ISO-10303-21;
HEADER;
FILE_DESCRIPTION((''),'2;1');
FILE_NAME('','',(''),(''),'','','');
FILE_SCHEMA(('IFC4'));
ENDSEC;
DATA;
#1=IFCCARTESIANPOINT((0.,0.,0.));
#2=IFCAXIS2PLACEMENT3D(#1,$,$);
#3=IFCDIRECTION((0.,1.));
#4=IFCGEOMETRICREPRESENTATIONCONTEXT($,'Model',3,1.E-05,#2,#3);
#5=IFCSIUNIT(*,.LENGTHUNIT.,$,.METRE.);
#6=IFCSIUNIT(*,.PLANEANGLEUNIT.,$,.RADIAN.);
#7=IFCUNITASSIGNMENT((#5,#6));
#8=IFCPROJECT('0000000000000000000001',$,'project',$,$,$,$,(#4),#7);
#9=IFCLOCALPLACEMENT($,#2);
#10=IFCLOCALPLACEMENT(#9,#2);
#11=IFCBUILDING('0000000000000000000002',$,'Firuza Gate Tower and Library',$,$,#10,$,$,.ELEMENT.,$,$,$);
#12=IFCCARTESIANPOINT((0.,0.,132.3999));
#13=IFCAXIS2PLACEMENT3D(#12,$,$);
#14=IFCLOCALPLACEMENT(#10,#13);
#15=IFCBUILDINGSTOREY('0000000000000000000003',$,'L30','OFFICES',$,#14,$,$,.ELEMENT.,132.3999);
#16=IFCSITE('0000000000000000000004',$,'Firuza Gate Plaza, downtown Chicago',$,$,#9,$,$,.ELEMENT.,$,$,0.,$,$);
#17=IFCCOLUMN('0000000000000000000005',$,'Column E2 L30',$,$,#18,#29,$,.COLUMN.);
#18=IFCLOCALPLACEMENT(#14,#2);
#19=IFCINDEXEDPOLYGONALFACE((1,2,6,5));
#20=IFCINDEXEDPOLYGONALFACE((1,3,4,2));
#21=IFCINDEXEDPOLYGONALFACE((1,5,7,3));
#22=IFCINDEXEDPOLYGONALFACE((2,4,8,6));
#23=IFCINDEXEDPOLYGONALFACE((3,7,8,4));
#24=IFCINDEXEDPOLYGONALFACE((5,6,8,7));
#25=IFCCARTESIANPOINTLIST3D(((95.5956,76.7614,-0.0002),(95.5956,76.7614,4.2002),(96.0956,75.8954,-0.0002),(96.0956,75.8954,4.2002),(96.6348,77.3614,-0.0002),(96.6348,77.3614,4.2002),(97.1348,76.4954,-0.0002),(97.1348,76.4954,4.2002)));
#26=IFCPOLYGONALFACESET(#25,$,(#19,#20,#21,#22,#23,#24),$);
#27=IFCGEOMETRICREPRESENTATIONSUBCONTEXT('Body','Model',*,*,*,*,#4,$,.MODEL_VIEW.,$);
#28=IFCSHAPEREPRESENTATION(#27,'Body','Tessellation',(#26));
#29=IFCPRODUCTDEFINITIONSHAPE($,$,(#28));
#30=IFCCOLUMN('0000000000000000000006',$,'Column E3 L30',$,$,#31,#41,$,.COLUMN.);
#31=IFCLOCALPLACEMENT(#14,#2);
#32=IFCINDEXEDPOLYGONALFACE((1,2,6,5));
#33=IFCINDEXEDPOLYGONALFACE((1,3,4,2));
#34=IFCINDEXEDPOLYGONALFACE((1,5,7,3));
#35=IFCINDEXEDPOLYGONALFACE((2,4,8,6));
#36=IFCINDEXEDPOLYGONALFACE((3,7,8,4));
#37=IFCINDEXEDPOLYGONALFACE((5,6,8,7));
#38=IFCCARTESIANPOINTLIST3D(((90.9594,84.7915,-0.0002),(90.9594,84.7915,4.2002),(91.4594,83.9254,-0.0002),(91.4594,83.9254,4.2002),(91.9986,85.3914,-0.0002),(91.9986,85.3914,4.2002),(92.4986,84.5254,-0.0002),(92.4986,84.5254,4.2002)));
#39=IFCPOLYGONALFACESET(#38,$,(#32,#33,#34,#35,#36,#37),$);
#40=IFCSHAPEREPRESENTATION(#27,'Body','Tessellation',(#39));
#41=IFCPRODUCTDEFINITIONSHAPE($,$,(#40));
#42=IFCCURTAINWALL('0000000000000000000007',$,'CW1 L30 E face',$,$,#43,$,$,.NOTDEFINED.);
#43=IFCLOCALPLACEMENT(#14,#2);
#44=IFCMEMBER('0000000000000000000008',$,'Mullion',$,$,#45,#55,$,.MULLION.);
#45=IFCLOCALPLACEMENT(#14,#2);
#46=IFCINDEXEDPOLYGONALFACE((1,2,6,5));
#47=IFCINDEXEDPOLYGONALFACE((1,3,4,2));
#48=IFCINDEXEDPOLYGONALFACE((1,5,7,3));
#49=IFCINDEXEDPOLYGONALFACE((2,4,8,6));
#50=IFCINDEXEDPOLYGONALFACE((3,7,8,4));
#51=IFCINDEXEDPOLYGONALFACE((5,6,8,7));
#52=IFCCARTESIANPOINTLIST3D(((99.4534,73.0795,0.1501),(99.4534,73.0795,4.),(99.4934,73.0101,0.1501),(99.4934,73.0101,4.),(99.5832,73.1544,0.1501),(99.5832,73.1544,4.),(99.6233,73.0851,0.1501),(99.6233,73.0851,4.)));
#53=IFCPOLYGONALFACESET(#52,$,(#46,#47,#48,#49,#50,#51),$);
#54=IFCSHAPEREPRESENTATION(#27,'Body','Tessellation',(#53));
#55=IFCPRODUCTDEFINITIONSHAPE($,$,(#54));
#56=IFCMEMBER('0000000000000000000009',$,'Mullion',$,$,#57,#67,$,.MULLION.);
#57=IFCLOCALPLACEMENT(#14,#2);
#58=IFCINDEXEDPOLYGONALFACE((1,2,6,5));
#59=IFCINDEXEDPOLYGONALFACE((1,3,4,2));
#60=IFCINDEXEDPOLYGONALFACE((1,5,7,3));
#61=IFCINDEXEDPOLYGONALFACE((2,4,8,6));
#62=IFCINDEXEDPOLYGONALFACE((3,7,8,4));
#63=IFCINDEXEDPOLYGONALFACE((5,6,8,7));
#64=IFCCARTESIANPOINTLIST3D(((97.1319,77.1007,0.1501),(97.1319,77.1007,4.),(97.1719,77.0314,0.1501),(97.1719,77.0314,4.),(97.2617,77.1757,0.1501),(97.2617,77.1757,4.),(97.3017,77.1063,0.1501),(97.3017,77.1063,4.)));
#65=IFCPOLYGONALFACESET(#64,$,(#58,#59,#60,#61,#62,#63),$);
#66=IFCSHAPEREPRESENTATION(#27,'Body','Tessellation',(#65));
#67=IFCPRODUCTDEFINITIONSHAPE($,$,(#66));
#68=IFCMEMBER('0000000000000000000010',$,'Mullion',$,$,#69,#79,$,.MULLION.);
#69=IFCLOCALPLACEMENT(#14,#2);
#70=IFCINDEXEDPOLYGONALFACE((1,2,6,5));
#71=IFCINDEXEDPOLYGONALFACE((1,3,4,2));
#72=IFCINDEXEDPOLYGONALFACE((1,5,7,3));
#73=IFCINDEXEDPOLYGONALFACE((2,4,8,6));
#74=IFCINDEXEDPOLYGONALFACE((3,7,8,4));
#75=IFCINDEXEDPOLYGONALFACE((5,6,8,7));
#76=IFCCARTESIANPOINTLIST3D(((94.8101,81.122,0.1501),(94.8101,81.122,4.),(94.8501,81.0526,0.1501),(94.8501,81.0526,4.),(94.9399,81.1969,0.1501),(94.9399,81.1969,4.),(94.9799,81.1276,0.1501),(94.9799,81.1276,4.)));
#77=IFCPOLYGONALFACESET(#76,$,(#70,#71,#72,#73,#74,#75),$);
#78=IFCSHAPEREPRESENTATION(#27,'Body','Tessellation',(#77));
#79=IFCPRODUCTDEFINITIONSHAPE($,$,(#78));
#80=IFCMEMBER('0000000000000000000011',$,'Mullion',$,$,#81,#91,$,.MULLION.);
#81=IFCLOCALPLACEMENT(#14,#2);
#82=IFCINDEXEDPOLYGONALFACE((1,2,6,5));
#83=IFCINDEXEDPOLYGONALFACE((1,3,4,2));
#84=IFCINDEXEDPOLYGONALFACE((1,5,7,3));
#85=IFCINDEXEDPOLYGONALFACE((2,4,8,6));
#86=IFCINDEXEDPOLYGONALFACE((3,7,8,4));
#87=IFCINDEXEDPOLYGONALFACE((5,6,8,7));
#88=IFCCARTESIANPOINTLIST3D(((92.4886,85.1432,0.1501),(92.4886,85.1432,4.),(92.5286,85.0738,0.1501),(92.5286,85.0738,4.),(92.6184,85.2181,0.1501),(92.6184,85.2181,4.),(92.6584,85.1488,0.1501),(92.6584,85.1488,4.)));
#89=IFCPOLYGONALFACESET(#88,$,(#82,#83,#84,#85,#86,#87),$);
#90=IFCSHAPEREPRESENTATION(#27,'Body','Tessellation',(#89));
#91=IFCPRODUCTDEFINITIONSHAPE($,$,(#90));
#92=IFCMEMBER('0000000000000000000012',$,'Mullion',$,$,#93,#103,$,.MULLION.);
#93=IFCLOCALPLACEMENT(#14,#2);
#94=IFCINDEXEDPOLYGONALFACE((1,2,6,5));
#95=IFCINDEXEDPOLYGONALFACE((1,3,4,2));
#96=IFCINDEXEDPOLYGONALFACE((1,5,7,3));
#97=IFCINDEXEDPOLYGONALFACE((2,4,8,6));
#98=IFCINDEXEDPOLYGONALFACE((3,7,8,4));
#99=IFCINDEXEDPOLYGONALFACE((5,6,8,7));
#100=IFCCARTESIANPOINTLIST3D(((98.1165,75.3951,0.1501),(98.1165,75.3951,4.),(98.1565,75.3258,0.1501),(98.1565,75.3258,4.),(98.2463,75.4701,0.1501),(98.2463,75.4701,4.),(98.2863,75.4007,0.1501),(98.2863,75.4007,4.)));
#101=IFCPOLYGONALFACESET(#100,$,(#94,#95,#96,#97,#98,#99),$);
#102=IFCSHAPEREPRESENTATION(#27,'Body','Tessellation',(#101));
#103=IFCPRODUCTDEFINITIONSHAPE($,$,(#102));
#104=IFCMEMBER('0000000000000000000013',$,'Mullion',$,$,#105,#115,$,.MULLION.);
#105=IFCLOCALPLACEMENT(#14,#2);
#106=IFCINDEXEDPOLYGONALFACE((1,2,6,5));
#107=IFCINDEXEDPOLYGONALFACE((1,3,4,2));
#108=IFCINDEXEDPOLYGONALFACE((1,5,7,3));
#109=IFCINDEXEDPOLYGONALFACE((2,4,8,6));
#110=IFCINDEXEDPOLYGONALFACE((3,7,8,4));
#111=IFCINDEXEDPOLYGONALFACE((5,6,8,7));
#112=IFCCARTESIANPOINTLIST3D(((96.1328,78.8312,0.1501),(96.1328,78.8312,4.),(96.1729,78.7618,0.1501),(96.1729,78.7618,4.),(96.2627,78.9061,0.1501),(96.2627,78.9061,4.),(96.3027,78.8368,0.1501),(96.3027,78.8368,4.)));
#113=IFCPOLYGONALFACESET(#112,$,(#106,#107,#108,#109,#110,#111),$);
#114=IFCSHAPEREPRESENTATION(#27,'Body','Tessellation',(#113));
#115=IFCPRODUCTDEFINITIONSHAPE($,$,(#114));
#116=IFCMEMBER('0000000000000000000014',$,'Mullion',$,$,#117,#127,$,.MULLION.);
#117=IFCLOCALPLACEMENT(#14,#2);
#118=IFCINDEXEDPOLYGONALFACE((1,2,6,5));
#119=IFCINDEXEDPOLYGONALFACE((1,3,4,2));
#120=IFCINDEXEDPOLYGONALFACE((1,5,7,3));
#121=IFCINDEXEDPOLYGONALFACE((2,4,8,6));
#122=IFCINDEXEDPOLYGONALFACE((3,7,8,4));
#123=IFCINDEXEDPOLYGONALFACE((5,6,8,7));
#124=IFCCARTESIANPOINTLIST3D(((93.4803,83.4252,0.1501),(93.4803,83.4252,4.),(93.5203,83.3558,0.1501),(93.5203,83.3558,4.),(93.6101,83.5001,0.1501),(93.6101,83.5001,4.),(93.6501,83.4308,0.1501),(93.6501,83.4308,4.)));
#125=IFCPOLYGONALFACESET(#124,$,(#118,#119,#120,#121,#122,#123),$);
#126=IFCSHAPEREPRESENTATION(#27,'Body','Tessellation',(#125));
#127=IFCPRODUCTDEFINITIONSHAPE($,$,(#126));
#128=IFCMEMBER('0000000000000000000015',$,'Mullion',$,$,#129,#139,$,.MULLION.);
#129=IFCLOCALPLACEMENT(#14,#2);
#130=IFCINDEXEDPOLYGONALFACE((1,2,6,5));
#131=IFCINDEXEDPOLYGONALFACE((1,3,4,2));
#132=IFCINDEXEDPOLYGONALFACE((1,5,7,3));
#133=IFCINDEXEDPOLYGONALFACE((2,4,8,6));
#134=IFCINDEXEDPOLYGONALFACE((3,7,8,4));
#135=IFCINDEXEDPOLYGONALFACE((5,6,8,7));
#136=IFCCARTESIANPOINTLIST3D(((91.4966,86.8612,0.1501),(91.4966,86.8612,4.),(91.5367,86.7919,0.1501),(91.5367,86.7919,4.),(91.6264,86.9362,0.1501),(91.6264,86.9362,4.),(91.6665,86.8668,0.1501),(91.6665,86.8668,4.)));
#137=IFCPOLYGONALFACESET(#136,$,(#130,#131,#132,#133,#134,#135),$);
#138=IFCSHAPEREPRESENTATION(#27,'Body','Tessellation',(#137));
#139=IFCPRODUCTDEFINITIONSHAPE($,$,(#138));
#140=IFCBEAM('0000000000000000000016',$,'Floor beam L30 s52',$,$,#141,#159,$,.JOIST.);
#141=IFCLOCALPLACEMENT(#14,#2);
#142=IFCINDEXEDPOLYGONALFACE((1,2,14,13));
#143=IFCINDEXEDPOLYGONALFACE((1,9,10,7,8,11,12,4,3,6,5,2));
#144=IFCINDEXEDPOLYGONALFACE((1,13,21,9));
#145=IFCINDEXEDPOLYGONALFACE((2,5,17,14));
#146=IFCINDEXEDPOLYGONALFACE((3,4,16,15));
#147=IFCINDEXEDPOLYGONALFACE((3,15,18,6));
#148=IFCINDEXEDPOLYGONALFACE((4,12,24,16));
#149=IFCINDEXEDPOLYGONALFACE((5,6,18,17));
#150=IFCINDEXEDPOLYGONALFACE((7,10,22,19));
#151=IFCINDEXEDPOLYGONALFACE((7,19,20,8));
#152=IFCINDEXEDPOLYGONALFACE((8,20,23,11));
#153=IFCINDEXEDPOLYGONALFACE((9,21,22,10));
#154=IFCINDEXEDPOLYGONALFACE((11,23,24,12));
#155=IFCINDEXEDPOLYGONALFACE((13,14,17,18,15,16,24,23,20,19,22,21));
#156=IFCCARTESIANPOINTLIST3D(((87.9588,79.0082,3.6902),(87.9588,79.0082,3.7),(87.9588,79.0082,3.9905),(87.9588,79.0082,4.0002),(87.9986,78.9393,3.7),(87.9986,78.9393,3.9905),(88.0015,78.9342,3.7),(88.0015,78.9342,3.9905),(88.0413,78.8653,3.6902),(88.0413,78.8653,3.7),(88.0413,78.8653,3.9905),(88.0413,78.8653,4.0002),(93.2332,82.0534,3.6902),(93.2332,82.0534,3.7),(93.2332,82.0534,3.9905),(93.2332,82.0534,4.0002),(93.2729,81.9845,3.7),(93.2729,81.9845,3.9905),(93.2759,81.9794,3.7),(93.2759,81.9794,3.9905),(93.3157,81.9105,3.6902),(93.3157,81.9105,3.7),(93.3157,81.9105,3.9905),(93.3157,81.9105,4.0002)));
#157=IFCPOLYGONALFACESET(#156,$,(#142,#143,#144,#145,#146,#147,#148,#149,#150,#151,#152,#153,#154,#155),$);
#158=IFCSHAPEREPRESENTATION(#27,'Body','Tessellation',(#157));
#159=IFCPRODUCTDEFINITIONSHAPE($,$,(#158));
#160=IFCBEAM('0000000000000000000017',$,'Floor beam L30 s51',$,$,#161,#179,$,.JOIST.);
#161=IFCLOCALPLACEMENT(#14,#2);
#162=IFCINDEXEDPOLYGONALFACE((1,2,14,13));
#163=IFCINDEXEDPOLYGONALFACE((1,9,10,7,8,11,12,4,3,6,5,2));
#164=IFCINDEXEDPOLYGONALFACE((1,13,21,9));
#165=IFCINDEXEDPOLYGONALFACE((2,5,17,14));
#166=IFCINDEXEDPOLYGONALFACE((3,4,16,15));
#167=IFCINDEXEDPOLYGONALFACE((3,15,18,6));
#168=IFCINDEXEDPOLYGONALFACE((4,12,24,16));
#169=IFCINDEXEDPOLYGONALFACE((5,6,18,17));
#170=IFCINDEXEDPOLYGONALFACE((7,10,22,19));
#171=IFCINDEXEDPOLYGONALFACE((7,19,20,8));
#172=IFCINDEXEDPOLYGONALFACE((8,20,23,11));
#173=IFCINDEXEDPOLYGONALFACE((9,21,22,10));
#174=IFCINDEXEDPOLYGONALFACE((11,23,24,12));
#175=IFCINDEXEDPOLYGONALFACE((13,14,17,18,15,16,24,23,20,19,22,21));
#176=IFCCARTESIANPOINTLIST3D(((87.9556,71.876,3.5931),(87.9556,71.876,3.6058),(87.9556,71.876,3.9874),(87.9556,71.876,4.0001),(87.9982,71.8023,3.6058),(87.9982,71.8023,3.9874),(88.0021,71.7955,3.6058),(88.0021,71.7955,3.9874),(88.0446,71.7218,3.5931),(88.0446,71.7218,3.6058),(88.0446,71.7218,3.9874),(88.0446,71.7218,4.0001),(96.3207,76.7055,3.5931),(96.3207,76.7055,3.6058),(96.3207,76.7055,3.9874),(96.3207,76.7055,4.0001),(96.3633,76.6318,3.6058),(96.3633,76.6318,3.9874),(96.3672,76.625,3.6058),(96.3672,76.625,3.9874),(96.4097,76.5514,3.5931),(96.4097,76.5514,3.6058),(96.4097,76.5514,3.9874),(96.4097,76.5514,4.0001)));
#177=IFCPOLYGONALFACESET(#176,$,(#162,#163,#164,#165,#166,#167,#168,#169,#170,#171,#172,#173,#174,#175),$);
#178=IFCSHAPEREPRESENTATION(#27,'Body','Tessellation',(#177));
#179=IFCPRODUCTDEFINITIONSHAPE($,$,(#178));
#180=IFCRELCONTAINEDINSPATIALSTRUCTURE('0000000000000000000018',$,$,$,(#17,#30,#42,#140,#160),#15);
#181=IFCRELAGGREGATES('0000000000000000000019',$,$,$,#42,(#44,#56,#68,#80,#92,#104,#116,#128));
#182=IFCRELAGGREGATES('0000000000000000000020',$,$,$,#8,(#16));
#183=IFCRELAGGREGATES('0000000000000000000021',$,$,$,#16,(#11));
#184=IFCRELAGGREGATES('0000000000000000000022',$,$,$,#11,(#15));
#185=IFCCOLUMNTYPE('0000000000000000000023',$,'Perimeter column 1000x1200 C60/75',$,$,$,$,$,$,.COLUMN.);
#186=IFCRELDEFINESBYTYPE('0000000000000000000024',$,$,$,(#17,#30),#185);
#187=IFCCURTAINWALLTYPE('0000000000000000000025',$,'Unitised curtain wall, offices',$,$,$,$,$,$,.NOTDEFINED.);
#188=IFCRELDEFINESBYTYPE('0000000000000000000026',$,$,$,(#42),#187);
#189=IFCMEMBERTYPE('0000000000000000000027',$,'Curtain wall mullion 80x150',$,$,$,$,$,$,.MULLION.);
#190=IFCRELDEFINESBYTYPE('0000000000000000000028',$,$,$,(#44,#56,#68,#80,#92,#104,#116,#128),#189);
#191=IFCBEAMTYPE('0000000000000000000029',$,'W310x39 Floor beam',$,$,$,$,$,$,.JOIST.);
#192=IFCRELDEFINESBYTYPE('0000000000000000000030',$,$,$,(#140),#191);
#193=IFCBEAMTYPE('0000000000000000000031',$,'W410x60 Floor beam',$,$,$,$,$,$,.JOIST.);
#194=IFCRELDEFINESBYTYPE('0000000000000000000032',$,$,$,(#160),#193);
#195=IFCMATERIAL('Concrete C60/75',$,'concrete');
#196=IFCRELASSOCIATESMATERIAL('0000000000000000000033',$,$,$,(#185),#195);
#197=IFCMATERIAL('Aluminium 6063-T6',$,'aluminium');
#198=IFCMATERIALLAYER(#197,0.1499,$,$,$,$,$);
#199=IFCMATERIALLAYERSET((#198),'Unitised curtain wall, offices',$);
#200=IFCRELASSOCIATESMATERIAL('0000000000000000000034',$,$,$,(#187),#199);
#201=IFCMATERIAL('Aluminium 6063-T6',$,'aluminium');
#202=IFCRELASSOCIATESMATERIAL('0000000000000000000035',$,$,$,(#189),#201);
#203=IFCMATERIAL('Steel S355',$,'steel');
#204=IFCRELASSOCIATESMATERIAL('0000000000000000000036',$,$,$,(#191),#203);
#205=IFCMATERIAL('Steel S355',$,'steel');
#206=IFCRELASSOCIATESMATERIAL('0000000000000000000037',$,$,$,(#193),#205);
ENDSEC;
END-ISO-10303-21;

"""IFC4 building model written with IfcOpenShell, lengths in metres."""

from ifc_helpers import new_model, si_unit, direction, frame, origin, origin_2d, place, context, subcontext, project, spatial, rectangle, i_section, extrude, material, layer, layer_set, material_profile, profile_set, type_object, element, aggregate, save


model = new_model("IFC4")

# Units and contexts
model_context = context("Model", 3, precision=1e-05, world=origin(), true_north=direction((0.0, 1.0)))
body_context = subcontext(model_context, "Body", "Model", "MODEL_VIEW")
ifc_project = project(units=[si_unit("LENGTHUNIT", "METRE"), si_unit("PLANEANGLEUNIT", "RADIAN")], contexts=[model_context])

# Site, building, storey
site_placement = place(None, origin())
site = spatial("IfcSite", under=ifc_project, at=site_placement, Name="Firuza Gate Plaza, downtown Chicago", CompositionType="ELEMENT", RefElevation=0.0)
building_placement = place(site_placement, origin())
building = spatial("IfcBuilding", under=site, at=building_placement, Name="Firuza Gate Tower and Library", CompositionType="ELEMENT")
storey_placement = place(building_placement, frame((0.0, 0.0, 132.3999)))
storey = spatial("IfcBuildingStorey", under=building, at=storey_placement, Name="L30", Description="OFFICES", CompositionType="ELEMENT", Elevation=132.3999)

# Columns
ifc_material_1 = material(Name="Concrete C60/75", Category="concrete")
ifc_material_profile_1 = material_profile(ifc_material_1, rectangle(XDim=1.0, YDim=1.2, at=origin_2d()))
ifc_profile_set_1 = profile_set([ifc_material_profile_1], Name="Concrete C60/75")
column_type = type_object("IfcColumnType", Name="Perimeter column 1000x1200 C60/75", PredefinedType="COLUMN", material=ifc_profile_set_1)
for number, where, z_axis, x_axis, name in (
    (1, (96.3652, 76.6284, -0.0002), (0.0, 0.0, 1.0), (-0.5, 0.866025, 0.0), "Column E2 L30"),
    (2, (91.729, 84.6584, -0.0002), (0.0, 0.0, 1.0), (-0.5, 0.866025, 0.0), "Column E3 L30"),
):
    element("IfcColumn", number, at=place(storey_placement, frame(where, z_axis=z_axis, x_axis=x_axis)), inside=storey, type_object=column_type, Name=name, PredefinedType="COLUMN", context=body_context, shape_type="SweptSolid", body=[
        extrude(rectangle(XDim=1.0, YDim=1.2, at=origin_2d()), origin(), (0.0, 0.0, 1.0), 4.2004),
    ])

# Curtain wall, members
ifc_material_2 = material(Name="Aluminium 6063-T6", Category="aluminium")
ifc_layer_1 = layer(ifc_material_2, 0.1499)
ifc_layer_set_1 = layer_set([ifc_layer_1], Name="Unitised curtain wall, offices")
curtain_wall_type = type_object("IfcCurtainWallType", Name="Unitised curtain wall, offices", PredefinedType="NOTDEFINED", material=ifc_layer_set_1)
curtain_wall_placement = place(storey_placement, origin())
curtain_wall = element("IfcCurtainWall", 3, at=curtain_wall_placement, inside=storey, type_object=curtain_wall_type, Name="CW1 L30 E face", PredefinedType="NOTDEFINED")
ifc_material_3 = material(Name="Aluminium 6063-T6", Category="aluminium")
ifc_material_profile_2 = material_profile(ifc_material_3, rectangle(XDim=0.1499, YDim=0.0801, at=origin_2d()))
ifc_profile_set_2 = profile_set([ifc_material_profile_2], Name="Aluminium 6063-T6")
member_type = type_object("IfcMemberType", Name="Curtain wall mullion 80x150", PredefinedType="MULLION", material=ifc_profile_set_2)
member_1_placement = place(storey_placement, frame((99.5383, 73.0823, 0.1501), z_axis=(0.0, 0.0, 1.0), x_axis=(-0.866025, -0.5, 0.0)))
member_1 = element("IfcMember", 4, at=member_1_placement, type_object=member_type, Name="Mullion", PredefinedType="MULLION", context=body_context, shape_type="SweptSolid", body=[
    extrude(rectangle(XDim=0.1499, YDim=0.0801, at=origin_2d()), origin(), (0.0, 0.0, 1.0), 3.8499),
])
member_2_placement = place(storey_placement, frame((97.2168, 77.1035, 0.1501), z_axis=(0.0, 0.0, 1.0), x_axis=(-0.866025, -0.5, 0.0)))
member_2 = element("IfcMember", 5, at=member_2_placement, type_object=member_type, Name="Mullion", PredefinedType="MULLION", context=body_context, shape_type="SweptSolid", body=[
    extrude(rectangle(XDim=0.1499, YDim=0.0801, at=origin_2d()), origin(), (0.0, 0.0, 1.0), 3.8499),
])
member_3_placement = place(storey_placement, frame((94.895, 81.1248, 0.1501), z_axis=(0.0, 0.0, 1.0), x_axis=(-0.866025, -0.5, 0.0)))
member_3 = element("IfcMember", 6, at=member_3_placement, type_object=member_type, Name="Mullion", PredefinedType="MULLION", context=body_context, shape_type="SweptSolid", body=[
    extrude(rectangle(XDim=0.1499, YDim=0.0801, at=origin_2d()), origin(), (0.0, 0.0, 1.0), 3.8499),
])
member_4_placement = place(storey_placement, frame((92.5735, 85.146, 0.1501), z_axis=(0.0, 0.0, 1.0), x_axis=(-0.866025, -0.5, 0.0)))
member_4 = element("IfcMember", 7, at=member_4_placement, type_object=member_type, Name="Mullion", PredefinedType="MULLION", context=body_context, shape_type="SweptSolid", body=[
    extrude(rectangle(XDim=0.1499, YDim=0.0801, at=origin_2d()), origin(), (0.0, 0.0, 1.0), 3.8499),
])
member_5_placement = place(storey_placement, frame((98.2014, 75.3979, 0.1501), z_axis=(0.0, 0.0, 1.0), x_axis=(-0.866025, -0.5, 0.0)))
member_5 = element("IfcMember", 8, at=member_5_placement, type_object=member_type, Name="Mullion", PredefinedType="MULLION", context=body_context, shape_type="SweptSolid", body=[
    extrude(rectangle(XDim=0.1499, YDim=0.0801, at=origin_2d()), origin(), (0.0, 0.0, 1.0), 3.8499),
])
member_6_placement = place(storey_placement, frame((96.2178, 78.834, 0.1501), z_axis=(0.0, 0.0, 1.0), x_axis=(-0.866025, -0.5, 0.0)))
member_6 = element("IfcMember", 9, at=member_6_placement, type_object=member_type, Name="Mullion", PredefinedType="MULLION", context=body_context, shape_type="SweptSolid", body=[
    extrude(rectangle(XDim=0.1499, YDim=0.0801, at=origin_2d()), origin(), (0.0, 0.0, 1.0), 3.8499),
])
member_7_placement = place(storey_placement, frame((93.5652, 83.428, 0.1501), z_axis=(0.0, 0.0, 1.0), x_axis=(-0.866025, -0.5, 0.0)))
member_7 = element("IfcMember", 10, at=member_7_placement, type_object=member_type, Name="Mullion", PredefinedType="MULLION", context=body_context, shape_type="SweptSolid", body=[
    extrude(rectangle(XDim=0.1499, YDim=0.0801, at=origin_2d()), origin(), (0.0, 0.0, 1.0), 3.8499),
])
member_8_placement = place(storey_placement, frame((91.5815, 86.864, 0.1501), z_axis=(0.0, 0.0, 1.0), x_axis=(-0.866025, -0.5, 0.0)))
member_8 = element("IfcMember", 11, at=member_8_placement, type_object=member_type, Name="Mullion", PredefinedType="MULLION", context=body_context, shape_type="SweptSolid", body=[
    extrude(rectangle(XDim=0.1499, YDim=0.0801, at=origin_2d()), origin(), (0.0, 0.0, 1.0), 3.8499),
])

# Beams
ifc_material_4 = material(Name="Steel S355", Category="steel")
ifc_material_profile_3 = material_profile(ifc_material_4, i_section(OverallWidth=0.165, OverallDepth=0.3101, WebThickness=0.0059, FlangeThickness=0.0098, at=origin_2d()))
ifc_profile_set_3 = profile_set([ifc_material_profile_3], Name="Steel S355")
beam_type_1 = type_object("IfcBeamType", Name="W310x39 Floor beam", PredefinedType="JOIST", material=ifc_profile_set_3)
beam_1_placement = place(storey_placement, frame((93.2744, 81.9819, 3.8452), z_axis=(-0.866027, -0.499998, 0.0), x_axis=(0.499998, -0.866027, 0.0)))
element("IfcBeam", 12, at=beam_1_placement, inside=storey, type_object=beam_type_1, Name="Floor beam L30 s52", PredefinedType="JOIST", context=body_context, shape_type="SweptSolid", body=[
    extrude(i_section(OverallWidth=0.165, OverallDepth=0.3101, WebThickness=0.0059, FlangeThickness=0.0098, at=origin_2d()), origin(), (0.0, 0.0, 1.0), 6.0903),
])
ifc_material_5 = material(Name="Steel S355", Category="steel")
ifc_material_profile_4 = material_profile(ifc_material_5, i_section(OverallWidth=0.178, OverallDepth=0.407, WebThickness=0.0078, FlangeThickness=0.0127, at=origin_2d()))
ifc_profile_set_4 = profile_set([ifc_material_profile_4], Name="Steel S355")
beam_type_2 = type_object("IfcBeamType", Name="W410x60 Floor beam", PredefinedType="JOIST", material=ifc_profile_set_4)
beam_2_placement = place(storey_placement, frame((96.3652, 76.6284, 3.7966), z_axis=(-0.866029, -0.499994, 0.0), x_axis=(0.499994, -0.866029, 0.0)))
element("IfcBeam", 13, at=beam_2_placement, inside=storey, type_object=beam_type_2, Name="Floor beam L30 s51", PredefinedType="JOIST", context=body_context, shape_type="SweptSolid", body=[
    extrude(i_section(OverallWidth=0.178, OverallDepth=0.407, WebThickness=0.0078, FlangeThickness=0.0127, at=origin_2d()), origin(), (0.0, 0.0, 1.0), 9.6592),
])

aggregate(curtain_wall, [member_1, member_2, member_3, member_4, member_5, member_6, member_7, member_8])

save(model, "model.ifc")
